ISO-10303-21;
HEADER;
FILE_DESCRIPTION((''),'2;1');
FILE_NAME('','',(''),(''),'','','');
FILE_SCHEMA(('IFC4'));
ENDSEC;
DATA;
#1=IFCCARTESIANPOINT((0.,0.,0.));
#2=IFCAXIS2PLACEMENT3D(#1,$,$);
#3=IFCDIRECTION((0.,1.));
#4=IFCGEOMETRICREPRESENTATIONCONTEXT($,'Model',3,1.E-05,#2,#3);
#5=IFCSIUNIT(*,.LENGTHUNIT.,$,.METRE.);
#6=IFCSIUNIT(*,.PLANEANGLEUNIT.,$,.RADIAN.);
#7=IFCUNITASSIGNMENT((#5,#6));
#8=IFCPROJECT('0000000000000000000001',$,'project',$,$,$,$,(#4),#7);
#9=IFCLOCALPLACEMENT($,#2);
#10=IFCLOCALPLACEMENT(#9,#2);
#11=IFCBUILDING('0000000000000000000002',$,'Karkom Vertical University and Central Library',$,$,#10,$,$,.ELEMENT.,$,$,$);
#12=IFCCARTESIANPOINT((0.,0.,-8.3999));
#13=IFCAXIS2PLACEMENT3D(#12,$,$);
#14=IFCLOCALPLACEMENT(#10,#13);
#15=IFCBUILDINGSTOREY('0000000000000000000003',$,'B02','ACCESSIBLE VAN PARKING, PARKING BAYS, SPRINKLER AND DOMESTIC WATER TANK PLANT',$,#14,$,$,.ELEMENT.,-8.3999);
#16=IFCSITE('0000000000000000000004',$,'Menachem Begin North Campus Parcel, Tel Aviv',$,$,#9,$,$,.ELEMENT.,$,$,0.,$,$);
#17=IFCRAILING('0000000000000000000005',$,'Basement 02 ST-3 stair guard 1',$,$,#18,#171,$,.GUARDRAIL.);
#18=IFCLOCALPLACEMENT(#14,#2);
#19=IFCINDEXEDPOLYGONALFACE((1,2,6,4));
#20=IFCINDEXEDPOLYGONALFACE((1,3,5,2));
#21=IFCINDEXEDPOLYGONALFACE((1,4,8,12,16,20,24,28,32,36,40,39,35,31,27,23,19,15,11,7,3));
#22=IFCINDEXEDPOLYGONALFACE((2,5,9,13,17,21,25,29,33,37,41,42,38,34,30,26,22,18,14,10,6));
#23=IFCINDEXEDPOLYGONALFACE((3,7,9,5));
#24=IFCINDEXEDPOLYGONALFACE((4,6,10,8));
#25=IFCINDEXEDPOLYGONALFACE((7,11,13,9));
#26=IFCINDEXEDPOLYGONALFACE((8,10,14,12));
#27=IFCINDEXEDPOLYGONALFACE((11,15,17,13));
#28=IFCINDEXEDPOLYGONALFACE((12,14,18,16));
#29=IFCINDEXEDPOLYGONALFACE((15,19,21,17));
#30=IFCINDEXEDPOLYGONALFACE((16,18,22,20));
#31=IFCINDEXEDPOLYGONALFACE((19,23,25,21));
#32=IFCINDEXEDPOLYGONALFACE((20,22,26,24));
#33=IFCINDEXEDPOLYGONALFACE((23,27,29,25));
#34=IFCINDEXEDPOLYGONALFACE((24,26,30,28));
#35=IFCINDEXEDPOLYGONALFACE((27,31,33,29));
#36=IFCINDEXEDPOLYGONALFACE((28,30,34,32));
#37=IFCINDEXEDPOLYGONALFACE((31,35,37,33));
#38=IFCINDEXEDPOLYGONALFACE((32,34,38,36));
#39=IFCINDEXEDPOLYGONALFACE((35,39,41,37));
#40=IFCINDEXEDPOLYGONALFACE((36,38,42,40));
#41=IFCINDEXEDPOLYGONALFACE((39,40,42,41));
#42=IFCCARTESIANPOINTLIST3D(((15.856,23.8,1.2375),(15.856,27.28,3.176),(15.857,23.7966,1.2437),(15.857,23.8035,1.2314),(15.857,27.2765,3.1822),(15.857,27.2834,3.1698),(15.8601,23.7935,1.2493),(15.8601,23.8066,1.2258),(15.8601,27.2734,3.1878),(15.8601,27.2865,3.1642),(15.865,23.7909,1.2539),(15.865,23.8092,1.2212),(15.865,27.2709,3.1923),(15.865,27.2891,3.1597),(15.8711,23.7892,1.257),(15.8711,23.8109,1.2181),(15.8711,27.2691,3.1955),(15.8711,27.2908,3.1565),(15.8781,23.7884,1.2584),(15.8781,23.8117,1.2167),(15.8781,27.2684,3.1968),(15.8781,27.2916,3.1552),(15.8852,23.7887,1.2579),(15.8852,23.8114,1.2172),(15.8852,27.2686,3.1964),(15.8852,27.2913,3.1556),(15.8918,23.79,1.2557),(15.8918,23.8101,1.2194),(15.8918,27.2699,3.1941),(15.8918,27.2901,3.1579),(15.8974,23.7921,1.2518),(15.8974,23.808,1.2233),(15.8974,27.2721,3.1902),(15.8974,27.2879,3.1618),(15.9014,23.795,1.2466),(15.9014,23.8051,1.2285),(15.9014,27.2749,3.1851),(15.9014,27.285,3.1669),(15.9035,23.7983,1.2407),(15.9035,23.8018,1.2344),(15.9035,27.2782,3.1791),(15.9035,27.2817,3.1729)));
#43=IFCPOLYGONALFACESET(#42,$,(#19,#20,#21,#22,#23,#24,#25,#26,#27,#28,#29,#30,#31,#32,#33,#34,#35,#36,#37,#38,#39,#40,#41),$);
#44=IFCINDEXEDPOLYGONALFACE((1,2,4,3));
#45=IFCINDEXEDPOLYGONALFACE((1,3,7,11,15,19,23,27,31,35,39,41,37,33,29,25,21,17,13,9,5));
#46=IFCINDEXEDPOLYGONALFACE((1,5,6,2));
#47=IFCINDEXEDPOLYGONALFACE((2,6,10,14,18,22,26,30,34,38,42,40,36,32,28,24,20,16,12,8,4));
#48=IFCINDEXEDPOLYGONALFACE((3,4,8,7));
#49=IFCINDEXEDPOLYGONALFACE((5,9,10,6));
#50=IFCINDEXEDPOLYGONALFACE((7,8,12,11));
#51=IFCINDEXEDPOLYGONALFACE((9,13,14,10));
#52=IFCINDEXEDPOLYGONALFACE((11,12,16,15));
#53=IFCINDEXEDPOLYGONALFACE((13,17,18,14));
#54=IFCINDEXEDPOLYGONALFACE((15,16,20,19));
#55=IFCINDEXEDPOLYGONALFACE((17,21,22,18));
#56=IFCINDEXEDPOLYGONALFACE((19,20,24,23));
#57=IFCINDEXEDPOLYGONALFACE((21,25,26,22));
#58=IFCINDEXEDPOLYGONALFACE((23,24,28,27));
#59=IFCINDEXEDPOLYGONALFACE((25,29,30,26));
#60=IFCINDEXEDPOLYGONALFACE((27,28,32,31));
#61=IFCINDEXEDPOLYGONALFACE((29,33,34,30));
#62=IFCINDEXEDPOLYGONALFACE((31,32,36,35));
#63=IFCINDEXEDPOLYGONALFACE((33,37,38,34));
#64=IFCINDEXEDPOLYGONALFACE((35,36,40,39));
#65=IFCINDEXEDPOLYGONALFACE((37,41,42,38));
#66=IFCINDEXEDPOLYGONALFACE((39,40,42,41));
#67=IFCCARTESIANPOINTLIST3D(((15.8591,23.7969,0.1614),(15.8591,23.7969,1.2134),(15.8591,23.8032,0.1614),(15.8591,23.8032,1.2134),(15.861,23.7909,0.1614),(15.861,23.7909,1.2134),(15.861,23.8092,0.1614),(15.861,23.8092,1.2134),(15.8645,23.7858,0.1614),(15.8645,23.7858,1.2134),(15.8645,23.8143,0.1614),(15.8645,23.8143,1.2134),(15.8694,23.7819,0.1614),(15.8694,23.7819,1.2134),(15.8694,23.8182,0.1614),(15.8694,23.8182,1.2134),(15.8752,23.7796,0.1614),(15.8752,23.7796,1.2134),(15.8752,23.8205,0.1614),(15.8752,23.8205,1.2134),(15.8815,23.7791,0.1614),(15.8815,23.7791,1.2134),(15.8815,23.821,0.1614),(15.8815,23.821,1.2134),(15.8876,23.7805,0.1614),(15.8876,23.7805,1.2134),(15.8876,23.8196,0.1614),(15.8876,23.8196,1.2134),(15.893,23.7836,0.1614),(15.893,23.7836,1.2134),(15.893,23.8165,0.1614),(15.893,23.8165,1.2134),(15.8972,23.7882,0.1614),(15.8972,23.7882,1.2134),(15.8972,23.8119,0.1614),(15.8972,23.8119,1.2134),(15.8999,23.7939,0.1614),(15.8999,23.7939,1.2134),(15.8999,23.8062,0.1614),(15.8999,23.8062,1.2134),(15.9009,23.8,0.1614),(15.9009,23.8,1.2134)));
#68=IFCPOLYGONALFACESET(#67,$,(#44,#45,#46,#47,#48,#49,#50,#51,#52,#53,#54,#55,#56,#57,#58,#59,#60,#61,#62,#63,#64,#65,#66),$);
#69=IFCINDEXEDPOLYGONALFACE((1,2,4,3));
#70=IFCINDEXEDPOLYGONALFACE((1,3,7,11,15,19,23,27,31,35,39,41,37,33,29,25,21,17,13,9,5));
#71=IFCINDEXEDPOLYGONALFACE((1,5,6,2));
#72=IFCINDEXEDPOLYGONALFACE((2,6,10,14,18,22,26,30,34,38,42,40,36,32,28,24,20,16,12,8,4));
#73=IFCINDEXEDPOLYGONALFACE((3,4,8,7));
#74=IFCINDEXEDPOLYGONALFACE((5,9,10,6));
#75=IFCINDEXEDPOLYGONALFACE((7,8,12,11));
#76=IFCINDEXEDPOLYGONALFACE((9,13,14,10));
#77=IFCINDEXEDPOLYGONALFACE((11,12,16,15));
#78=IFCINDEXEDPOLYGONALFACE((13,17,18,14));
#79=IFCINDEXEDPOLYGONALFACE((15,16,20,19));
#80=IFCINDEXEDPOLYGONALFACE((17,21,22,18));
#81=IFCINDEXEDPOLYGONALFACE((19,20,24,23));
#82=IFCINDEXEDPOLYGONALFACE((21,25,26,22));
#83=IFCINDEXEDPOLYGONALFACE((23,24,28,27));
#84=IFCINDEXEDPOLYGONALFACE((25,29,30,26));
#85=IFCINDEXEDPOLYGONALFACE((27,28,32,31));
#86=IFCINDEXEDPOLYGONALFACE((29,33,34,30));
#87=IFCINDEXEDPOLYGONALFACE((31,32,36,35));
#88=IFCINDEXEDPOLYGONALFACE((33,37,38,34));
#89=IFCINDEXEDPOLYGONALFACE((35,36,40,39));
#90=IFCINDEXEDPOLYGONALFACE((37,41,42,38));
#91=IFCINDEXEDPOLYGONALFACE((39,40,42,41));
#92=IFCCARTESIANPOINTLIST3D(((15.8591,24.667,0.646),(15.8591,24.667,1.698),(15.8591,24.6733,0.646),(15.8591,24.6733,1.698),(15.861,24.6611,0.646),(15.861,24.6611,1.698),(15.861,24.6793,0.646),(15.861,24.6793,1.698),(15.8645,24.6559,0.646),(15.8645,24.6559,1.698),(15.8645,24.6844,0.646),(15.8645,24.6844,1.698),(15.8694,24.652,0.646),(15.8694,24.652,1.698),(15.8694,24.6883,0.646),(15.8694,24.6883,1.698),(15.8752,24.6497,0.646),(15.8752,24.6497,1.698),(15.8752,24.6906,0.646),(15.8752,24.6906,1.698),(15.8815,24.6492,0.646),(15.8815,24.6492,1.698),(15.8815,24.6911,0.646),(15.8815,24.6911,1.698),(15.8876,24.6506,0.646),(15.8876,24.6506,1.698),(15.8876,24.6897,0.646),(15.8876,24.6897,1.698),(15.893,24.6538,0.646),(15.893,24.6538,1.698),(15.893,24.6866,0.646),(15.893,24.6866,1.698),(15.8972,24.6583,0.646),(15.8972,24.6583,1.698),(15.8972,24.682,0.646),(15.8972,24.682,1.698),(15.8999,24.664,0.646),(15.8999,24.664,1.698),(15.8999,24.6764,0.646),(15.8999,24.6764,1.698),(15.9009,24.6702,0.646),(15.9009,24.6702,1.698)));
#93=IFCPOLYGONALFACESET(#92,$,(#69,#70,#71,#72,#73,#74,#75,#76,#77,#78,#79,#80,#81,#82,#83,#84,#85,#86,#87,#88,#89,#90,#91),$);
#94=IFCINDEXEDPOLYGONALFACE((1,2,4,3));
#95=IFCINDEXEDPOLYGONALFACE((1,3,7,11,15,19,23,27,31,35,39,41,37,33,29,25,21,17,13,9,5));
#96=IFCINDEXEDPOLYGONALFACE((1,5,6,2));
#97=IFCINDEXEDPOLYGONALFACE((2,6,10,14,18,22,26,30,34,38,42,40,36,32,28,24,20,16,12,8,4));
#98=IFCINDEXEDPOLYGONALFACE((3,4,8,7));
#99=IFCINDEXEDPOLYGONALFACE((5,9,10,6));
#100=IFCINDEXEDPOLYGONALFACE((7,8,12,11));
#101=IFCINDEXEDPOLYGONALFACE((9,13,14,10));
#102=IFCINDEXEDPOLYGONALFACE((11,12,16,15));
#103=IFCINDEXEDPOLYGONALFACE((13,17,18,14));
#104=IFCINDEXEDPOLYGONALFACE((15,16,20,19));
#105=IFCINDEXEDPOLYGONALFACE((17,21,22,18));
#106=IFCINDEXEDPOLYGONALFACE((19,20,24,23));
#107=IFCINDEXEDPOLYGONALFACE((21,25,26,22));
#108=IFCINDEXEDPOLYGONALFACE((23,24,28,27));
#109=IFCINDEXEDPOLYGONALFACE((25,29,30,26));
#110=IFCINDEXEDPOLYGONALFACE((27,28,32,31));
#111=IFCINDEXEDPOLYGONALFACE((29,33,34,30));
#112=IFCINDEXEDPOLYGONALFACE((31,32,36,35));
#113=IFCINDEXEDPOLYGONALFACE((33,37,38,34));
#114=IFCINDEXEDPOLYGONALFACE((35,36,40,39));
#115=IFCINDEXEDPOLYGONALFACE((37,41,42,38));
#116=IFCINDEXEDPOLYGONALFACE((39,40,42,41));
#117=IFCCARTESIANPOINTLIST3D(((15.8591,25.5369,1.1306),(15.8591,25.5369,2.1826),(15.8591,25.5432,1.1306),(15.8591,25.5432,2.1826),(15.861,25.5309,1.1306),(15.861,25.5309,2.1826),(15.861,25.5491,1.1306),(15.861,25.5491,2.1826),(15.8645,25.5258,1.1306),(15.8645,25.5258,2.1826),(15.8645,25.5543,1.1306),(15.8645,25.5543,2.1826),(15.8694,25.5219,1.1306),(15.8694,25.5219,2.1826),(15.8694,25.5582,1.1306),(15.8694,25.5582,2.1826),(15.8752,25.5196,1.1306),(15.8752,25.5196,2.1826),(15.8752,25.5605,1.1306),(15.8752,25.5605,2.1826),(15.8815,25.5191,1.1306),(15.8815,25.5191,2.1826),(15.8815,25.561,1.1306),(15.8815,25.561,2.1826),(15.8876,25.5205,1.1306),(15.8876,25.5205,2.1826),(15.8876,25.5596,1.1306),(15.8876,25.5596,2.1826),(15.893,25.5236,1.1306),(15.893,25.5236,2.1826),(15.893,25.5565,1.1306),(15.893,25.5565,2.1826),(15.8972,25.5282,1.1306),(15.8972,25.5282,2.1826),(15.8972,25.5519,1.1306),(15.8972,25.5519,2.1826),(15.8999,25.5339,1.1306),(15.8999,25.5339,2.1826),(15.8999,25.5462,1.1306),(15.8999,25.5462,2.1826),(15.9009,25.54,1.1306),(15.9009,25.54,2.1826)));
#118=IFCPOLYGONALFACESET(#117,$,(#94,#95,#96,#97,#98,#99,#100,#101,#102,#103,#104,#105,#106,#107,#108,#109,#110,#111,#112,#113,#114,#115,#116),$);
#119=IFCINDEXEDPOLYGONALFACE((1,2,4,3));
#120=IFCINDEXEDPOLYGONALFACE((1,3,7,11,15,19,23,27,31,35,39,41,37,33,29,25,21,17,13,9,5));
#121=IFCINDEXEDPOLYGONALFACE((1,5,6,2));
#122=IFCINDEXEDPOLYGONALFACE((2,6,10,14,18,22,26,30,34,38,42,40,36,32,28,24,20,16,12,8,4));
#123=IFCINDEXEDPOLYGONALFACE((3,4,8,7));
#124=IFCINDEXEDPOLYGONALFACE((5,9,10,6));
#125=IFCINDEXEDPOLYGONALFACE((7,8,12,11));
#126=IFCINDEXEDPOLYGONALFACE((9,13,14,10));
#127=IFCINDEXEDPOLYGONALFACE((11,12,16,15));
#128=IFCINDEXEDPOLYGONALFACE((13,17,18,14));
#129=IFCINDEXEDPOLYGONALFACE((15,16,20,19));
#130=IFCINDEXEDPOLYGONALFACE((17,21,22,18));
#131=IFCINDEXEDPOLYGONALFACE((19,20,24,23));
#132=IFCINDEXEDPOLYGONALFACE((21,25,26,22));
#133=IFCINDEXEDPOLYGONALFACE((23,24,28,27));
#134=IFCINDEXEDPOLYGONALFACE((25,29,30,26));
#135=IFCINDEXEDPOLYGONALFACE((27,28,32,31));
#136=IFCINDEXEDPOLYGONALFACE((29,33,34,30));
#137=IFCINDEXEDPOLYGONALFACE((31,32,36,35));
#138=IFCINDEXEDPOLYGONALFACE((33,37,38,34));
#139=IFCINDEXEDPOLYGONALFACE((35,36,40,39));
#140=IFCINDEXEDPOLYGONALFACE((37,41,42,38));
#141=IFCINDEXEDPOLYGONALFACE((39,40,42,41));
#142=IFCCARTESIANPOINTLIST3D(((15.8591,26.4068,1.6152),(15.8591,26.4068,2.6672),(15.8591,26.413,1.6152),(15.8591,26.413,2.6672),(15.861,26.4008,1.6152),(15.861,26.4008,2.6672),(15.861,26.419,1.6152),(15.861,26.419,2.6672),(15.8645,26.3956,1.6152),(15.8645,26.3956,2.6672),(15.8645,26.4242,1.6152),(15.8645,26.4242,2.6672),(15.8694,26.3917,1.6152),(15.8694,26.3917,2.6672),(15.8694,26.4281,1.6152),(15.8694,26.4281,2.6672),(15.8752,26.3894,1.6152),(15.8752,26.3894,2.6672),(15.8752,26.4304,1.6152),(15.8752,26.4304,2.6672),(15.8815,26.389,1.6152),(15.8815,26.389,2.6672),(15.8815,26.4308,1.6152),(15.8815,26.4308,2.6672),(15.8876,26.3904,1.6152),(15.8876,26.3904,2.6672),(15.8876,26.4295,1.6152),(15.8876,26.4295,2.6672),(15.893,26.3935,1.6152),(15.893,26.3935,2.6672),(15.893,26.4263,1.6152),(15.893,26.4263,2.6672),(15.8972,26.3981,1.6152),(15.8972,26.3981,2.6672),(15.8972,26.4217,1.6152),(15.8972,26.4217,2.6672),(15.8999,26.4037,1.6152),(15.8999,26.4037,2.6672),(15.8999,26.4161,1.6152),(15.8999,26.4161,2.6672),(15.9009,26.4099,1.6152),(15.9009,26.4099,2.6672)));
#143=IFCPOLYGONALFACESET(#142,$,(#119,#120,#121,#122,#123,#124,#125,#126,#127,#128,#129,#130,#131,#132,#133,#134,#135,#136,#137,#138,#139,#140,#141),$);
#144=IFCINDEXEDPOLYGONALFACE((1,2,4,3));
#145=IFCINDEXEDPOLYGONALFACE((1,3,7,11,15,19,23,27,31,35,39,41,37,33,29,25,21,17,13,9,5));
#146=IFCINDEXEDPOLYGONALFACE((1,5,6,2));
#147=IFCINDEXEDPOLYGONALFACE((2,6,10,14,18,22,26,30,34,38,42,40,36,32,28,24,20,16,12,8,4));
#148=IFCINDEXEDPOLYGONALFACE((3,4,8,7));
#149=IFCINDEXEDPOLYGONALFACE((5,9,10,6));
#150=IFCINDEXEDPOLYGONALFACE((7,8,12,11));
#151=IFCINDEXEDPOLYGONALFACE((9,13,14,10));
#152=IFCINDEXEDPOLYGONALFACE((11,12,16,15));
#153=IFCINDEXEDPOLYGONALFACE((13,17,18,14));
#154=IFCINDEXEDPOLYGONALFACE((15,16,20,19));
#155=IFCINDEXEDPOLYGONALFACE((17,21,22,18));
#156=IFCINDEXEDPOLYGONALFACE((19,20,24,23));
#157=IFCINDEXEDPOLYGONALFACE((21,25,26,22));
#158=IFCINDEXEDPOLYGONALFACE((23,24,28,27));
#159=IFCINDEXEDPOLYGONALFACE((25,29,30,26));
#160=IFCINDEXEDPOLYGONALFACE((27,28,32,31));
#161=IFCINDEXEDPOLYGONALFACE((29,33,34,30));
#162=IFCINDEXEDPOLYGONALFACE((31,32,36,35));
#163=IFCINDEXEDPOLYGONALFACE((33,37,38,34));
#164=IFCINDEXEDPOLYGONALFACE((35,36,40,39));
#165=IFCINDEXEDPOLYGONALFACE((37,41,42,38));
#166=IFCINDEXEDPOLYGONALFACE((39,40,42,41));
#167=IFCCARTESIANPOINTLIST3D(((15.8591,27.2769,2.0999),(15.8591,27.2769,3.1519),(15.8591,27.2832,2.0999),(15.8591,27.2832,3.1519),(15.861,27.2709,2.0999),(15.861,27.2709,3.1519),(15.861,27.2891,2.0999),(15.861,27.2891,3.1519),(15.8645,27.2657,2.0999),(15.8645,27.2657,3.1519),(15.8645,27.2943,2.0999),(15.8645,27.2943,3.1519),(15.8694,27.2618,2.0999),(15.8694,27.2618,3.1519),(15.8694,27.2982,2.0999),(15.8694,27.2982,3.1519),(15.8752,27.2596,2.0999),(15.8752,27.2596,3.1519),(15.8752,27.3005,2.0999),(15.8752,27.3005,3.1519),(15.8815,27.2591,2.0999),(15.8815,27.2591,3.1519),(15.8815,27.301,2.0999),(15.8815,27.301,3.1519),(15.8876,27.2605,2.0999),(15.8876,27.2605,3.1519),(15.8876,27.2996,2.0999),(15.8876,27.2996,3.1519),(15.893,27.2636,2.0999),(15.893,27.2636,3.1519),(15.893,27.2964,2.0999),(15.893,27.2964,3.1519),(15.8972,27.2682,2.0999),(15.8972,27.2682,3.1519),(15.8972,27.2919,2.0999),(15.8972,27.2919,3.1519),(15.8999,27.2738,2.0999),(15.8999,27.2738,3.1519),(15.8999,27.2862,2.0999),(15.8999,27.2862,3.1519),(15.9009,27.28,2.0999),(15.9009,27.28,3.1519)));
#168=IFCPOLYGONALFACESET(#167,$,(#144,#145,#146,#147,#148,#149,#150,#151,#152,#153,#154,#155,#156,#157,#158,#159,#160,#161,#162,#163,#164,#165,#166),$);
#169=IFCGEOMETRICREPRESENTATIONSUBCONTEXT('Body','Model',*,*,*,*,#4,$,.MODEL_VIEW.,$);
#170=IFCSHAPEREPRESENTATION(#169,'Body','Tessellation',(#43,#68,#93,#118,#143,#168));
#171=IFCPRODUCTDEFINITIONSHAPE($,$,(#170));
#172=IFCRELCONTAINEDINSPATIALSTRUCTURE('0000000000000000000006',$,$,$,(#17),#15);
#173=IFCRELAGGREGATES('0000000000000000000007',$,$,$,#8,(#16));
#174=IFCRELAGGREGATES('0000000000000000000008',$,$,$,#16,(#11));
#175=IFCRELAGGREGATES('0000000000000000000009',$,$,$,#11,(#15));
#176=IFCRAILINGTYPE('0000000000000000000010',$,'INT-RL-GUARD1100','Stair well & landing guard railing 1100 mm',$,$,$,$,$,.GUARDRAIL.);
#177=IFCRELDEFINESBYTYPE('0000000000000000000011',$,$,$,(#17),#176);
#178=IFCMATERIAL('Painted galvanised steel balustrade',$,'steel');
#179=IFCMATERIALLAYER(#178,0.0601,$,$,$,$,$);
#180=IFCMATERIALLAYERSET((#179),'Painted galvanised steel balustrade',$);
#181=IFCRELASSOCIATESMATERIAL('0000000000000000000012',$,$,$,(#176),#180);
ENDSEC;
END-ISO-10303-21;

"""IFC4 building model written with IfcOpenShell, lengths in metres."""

from ifc_helpers import new_model, si_unit, direction, frame, origin, origin_2d, place, context, subcontext, project, spatial, circle, extrude, material, layer, layer_set, type_object, element, save


model = new_model("IFC4")

# Units and contexts
model_context = context("Model", 3, precision=1e-05, world=origin(), true_north=direction((0.0, 1.0)))
body_context = subcontext(model_context, "Body", "Model", "MODEL_VIEW")
ifc_project = project(units=[si_unit("LENGTHUNIT", "METRE"), si_unit("PLANEANGLEUNIT", "RADIAN")], contexts=[model_context])

# Site, building, storey
site_placement = place(None, origin())
site = spatial("IfcSite", under=ifc_project, at=site_placement, Name="Menachem Begin North Campus Parcel, Tel Aviv", CompositionType="ELEMENT", RefElevation=0.0)
building_placement = place(site_placement, origin())
building = spatial("IfcBuilding", under=site, at=building_placement, Name="Karkom Vertical University and Central Library", CompositionType="ELEMENT")
storey_placement = place(building_placement, frame((0.0, 0.0, -8.3999)))
storey = spatial("IfcBuildingStorey", under=building, at=storey_placement, Name="B02", Description="ACCESSIBLE VAN PARKING, PARKING BAYS, SPRINKLER AND DOMESTIC WATER TANK PLANT", CompositionType="ELEMENT", Elevation=-8.3999)

# Railing
ifc_material_1 = material(Name="Painted galvanised steel balustrade", Category="steel")
ifc_layer_1 = layer(ifc_material_1, 0.0601)
ifc_layer_set_1 = layer_set([ifc_layer_1], Name="Painted galvanised steel balustrade")
railing_type_1 = type_object("IfcRailingType", Name="INT-RL-GUARD1100", Description="Stair well & landing guard railing 1100 mm", PredefinedType="GUARDRAIL", material=ifc_layer_set_1)
railing_1_placement = place(storey_placement, frame((15.8799, 23.8, 0.1614)))
element("IfcRailing", 1, at=railing_1_placement, inside=storey, type_object=railing_type_1, Name="Basement 02 ST-3 stair guard 1", PredefinedType="GUARDRAIL", context=body_context, shape_type="SweptSolid", body=[
    extrude(circle(Radius=0.0239, at=origin_2d()), frame((0.0, 0.0, 1.0762), z_axis=(0.0, 0.873607, 0.486631), x_axis=(-1.0, 0.0, 0.0)), (0.0, 0.0, 1.0), 3.9834),
    extrude(circle(Radius=0.021, at=origin_2d()), origin(), (0.0, 0.0, 1.0), 1.052),
    extrude(circle(Radius=0.021, at=origin_2d()), frame((0.0, 0.8701, 0.4846)), (0.0, 0.0, 1.0), 1.052),
    extrude(circle(Radius=0.021, at=origin_2d()), frame((0.0, 1.74, 0.9692)), (0.0, 0.0, 1.0), 1.052),
    extrude(circle(Radius=0.021, at=origin_2d()), frame((0.0, 2.6099, 1.4539)), (0.0, 0.0, 1.0), 1.052),
    extrude(circle(Radius=0.021, at=origin_2d()), frame((0.0, 3.48, 1.9385)), (0.0, 0.0, 1.0), 1.052),
])

save(model, "model.ifc")
